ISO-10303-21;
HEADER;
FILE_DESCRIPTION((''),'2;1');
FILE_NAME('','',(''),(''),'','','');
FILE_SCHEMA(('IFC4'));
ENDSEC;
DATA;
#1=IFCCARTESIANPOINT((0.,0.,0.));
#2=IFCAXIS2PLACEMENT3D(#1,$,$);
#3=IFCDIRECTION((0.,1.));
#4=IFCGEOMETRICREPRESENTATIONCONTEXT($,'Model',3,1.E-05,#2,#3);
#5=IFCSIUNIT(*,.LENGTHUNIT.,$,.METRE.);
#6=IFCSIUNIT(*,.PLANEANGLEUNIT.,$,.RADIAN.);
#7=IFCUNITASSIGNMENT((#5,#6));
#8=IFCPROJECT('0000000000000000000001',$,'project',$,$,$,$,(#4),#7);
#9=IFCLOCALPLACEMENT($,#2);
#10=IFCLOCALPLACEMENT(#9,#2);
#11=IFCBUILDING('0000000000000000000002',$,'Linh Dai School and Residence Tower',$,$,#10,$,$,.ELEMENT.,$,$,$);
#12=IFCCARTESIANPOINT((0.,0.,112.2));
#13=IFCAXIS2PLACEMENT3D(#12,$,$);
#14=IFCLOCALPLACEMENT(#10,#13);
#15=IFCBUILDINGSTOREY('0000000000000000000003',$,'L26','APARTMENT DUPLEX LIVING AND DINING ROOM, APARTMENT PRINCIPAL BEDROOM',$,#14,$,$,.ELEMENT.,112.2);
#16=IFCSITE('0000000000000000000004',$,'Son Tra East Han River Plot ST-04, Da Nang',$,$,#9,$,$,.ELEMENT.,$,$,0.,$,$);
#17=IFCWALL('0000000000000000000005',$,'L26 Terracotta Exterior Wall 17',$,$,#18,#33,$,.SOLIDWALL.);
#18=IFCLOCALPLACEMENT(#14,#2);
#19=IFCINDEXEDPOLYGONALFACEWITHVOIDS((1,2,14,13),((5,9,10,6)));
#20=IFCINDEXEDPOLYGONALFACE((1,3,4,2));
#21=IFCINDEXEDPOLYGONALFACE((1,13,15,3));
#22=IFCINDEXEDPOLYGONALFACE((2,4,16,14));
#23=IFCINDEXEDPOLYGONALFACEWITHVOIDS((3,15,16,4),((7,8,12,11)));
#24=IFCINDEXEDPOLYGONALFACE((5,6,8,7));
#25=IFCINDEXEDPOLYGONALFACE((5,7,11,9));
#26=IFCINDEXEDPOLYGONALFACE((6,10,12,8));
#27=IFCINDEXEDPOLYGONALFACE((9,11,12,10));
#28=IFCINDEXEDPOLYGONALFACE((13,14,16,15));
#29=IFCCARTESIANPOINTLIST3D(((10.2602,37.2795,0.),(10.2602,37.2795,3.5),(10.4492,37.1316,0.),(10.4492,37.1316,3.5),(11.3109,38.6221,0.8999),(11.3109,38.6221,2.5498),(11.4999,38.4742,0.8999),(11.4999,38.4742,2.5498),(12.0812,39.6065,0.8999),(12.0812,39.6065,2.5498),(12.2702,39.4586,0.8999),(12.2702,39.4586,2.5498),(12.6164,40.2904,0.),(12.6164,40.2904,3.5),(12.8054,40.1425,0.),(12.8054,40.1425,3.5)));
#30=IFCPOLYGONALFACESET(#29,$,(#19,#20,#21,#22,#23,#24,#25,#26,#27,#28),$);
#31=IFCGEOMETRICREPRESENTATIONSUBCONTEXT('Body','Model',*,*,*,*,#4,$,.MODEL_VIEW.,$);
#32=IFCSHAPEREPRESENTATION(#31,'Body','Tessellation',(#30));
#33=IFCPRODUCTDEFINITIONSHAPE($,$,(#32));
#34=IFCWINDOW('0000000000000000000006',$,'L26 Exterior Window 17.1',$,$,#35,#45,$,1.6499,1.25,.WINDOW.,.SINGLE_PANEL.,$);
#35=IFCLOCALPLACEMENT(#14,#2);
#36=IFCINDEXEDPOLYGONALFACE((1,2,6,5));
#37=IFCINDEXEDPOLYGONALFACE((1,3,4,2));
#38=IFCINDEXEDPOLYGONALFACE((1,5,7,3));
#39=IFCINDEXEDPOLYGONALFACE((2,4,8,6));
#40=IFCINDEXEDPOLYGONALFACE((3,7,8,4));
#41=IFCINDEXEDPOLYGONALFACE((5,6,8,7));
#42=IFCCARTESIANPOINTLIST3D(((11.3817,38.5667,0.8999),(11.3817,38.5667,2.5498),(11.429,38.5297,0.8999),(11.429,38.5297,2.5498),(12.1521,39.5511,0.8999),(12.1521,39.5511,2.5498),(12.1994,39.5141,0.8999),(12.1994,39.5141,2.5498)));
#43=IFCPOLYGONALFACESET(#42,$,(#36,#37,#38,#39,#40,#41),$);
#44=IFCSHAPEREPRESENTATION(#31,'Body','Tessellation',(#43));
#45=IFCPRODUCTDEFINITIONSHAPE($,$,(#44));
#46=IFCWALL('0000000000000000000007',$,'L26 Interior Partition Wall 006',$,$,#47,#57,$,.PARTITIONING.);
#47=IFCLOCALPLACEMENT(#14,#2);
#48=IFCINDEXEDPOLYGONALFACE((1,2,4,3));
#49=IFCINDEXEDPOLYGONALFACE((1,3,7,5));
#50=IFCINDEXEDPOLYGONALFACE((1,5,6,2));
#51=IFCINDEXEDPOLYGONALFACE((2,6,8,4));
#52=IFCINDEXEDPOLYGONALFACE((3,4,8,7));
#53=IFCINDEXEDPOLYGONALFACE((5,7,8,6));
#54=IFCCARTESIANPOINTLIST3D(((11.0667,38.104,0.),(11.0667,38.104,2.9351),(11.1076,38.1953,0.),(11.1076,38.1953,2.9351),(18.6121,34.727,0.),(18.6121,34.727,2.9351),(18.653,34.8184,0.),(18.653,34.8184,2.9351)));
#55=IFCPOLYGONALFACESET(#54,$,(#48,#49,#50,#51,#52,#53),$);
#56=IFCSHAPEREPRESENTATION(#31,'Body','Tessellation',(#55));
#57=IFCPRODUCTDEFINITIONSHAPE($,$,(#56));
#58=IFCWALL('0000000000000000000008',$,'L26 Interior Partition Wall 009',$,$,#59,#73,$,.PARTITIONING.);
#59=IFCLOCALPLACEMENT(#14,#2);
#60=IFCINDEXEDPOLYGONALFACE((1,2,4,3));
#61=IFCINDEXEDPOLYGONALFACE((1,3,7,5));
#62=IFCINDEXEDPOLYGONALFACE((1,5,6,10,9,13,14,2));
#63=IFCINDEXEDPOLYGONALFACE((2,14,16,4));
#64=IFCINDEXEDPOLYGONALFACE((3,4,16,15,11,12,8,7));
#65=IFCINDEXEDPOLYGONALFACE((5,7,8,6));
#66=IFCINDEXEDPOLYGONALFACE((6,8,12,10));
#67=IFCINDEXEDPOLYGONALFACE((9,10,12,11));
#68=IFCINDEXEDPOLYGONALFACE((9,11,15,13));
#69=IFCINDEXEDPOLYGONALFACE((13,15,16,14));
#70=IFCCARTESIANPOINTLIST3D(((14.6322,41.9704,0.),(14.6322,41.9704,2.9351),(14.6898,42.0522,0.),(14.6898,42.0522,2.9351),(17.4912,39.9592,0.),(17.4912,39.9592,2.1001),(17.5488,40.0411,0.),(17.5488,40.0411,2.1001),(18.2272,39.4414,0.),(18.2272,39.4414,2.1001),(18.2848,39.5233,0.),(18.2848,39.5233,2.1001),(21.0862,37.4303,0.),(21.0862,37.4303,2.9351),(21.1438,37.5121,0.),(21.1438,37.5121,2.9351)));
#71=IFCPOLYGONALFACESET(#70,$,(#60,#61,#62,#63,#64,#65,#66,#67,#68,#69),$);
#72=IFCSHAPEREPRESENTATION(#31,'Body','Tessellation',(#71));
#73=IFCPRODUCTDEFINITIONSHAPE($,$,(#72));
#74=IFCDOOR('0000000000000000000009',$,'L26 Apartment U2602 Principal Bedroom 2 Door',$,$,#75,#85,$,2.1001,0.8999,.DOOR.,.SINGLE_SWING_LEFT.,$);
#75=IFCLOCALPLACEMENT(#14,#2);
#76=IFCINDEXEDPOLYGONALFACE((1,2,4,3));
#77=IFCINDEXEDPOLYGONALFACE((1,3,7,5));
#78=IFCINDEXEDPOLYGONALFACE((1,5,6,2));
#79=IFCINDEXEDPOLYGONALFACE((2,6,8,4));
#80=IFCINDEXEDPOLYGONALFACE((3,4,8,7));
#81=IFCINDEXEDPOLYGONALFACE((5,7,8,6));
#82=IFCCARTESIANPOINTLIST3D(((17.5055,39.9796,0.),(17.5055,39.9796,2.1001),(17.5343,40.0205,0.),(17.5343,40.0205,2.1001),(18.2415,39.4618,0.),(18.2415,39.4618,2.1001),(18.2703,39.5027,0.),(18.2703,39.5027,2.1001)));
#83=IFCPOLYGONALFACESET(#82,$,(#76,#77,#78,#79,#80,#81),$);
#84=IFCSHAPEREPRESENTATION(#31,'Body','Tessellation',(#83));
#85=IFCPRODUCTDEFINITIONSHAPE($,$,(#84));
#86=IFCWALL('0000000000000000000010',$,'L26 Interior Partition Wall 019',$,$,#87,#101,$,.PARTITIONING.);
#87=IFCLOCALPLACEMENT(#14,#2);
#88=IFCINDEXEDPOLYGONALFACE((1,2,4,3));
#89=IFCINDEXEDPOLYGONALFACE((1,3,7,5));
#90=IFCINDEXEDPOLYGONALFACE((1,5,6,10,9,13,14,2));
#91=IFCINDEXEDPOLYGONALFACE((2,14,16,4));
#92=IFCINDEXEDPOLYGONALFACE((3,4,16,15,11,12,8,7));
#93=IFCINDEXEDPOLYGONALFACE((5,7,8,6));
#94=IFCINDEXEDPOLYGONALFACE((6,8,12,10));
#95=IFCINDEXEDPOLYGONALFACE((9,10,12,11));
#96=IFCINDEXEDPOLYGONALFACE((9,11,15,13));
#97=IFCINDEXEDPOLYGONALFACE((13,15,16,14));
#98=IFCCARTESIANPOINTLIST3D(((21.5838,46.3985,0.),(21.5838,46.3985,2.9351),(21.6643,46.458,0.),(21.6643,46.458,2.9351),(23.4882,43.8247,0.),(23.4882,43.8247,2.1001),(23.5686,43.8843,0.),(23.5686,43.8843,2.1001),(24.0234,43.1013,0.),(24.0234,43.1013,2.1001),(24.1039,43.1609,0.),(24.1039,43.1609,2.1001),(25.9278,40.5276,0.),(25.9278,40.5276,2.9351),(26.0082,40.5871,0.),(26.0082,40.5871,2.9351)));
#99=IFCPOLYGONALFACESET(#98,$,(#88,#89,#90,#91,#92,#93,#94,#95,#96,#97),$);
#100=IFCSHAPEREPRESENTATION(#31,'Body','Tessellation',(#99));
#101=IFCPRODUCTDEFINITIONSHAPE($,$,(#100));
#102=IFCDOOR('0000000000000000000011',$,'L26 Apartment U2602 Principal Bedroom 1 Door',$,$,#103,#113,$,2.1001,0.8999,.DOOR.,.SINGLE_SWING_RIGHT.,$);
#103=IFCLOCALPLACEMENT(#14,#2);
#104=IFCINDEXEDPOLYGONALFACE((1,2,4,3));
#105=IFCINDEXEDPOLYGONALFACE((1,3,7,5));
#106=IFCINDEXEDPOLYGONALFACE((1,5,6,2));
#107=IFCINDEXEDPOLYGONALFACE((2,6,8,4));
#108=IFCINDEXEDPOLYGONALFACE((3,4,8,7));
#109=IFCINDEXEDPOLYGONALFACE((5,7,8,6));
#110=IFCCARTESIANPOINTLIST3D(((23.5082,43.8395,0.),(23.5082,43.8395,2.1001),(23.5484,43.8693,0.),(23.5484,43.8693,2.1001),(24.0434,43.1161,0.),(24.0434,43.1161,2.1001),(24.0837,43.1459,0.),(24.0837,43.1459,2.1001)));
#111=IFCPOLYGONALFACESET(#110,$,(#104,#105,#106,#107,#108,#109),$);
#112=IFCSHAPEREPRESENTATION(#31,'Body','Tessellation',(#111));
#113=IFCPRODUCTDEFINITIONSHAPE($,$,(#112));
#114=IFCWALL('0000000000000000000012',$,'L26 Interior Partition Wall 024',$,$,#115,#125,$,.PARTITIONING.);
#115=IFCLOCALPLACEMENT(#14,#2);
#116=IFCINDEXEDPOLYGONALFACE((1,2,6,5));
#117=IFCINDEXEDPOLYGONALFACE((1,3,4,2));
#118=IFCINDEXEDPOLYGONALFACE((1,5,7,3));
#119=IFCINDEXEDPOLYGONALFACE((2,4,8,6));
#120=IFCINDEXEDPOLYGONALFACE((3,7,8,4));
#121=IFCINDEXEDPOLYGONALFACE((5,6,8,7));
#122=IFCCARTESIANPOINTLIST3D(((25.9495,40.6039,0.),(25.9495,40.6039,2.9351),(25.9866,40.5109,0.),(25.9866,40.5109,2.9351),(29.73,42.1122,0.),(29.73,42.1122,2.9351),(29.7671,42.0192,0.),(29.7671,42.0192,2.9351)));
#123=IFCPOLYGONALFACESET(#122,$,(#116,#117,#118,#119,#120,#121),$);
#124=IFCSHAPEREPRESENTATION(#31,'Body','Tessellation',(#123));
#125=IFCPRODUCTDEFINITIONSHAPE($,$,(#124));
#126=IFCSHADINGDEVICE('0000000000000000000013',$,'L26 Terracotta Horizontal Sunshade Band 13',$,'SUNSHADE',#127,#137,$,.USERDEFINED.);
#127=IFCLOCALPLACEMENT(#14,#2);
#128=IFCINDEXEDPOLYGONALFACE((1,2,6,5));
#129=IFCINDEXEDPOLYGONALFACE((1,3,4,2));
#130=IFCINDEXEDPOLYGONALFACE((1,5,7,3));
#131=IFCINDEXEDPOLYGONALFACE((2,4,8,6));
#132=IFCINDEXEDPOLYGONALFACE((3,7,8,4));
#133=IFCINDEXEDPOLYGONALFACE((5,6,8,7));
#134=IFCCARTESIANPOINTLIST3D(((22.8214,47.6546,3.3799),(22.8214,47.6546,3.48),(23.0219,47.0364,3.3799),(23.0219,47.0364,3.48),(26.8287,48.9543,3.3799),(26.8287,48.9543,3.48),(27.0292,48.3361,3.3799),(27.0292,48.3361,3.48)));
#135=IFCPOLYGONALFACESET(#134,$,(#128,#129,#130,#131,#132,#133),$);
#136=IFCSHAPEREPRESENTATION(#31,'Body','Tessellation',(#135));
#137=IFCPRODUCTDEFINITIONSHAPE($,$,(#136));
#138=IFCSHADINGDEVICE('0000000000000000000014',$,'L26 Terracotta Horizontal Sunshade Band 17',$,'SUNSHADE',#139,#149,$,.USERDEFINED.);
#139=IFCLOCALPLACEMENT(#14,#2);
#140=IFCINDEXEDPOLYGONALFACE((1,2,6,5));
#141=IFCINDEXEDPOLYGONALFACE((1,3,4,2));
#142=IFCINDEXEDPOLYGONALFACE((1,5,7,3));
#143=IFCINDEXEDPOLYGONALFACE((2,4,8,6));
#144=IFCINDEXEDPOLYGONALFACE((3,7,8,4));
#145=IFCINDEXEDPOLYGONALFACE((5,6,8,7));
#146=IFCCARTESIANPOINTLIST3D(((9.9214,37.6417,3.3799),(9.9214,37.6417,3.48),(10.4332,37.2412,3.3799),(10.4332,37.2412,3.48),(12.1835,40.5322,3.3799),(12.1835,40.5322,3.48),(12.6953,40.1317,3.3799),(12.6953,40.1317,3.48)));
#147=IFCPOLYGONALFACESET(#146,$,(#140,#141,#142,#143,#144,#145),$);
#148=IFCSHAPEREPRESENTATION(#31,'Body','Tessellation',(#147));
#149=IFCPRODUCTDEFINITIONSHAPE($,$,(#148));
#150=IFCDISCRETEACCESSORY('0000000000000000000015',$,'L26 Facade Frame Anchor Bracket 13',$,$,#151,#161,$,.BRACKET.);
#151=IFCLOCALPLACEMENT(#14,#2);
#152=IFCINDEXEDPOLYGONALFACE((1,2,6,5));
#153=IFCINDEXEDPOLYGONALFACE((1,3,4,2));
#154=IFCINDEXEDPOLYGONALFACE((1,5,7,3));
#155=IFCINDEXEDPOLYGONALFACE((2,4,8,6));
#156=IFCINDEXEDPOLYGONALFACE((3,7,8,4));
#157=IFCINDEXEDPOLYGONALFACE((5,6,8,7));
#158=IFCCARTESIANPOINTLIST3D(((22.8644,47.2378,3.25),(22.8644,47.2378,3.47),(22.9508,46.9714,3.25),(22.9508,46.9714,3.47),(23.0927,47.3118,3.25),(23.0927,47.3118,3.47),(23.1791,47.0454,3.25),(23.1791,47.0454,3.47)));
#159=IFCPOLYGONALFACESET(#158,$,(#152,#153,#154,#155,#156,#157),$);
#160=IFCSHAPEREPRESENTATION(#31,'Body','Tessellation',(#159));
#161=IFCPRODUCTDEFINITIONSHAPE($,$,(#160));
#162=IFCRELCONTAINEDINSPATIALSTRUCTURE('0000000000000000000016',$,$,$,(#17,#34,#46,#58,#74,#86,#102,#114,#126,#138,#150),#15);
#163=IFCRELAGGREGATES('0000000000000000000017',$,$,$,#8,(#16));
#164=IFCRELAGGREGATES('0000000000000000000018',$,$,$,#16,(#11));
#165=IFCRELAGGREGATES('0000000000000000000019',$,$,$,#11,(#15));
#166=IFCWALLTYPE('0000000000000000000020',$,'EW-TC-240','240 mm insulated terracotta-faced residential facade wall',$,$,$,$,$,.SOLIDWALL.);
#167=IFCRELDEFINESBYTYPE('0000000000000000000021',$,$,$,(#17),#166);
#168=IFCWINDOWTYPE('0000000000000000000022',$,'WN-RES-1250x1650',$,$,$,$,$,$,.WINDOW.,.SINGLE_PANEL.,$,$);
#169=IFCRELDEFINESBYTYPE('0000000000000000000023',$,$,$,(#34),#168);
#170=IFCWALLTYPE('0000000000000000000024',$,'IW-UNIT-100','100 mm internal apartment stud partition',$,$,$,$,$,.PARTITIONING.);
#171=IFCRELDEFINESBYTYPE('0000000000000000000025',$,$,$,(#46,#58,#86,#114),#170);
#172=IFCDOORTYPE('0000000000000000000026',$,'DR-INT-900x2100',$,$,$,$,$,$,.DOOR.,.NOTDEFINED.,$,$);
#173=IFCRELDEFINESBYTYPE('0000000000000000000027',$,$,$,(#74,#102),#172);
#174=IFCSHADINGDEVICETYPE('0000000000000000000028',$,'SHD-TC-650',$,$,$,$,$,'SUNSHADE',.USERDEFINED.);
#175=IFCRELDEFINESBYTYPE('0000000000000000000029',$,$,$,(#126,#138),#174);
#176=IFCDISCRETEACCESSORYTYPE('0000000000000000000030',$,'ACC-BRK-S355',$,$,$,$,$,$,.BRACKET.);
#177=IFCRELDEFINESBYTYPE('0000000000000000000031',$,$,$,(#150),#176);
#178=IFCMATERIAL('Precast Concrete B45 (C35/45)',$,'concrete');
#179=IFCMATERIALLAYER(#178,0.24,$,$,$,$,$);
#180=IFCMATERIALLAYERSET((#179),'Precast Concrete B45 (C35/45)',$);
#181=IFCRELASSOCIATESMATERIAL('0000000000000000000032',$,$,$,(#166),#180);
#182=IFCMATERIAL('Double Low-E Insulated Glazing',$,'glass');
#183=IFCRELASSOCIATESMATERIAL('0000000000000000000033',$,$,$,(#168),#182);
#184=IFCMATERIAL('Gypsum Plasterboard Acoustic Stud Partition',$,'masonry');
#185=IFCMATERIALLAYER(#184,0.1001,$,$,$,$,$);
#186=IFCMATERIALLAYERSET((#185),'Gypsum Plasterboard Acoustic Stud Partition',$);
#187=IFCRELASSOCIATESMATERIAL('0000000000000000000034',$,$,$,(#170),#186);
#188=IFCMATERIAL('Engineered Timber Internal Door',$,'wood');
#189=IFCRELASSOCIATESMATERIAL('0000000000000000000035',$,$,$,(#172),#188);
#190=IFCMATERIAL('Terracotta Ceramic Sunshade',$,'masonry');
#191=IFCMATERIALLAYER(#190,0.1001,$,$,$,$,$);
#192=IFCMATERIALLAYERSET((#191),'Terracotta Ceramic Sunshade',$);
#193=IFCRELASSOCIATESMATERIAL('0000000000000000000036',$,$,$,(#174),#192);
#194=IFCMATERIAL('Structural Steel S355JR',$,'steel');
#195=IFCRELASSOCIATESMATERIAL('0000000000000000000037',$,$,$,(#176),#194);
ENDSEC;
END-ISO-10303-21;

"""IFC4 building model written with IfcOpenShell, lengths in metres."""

from ifc_helpers import new_model, si_unit, direction, frame, frame_2d, origin, origin_2d, place, context, subcontext, project, spatial, rectangle, extrude, source, transform, mapped, material, layer, layer_set, type_object, element, fill, save


model = new_model("IFC4")

# Units and contexts
model_context = context("Model", 3, precision=1e-05, world=origin(), true_north=direction((0.0, 1.0)))
body_context = subcontext(model_context, "Body", "Model", "MODEL_VIEW")
ifc_project = project(units=[si_unit("LENGTHUNIT", "METRE"), si_unit("PLANEANGLEUNIT", "RADIAN")], contexts=[model_context])

# Site, building, storey
site_placement = place(None, origin())
site = spatial("IfcSite", under=ifc_project, at=site_placement, Name="Son Tra East Han River Plot ST-04, Da Nang", CompositionType="ELEMENT", RefElevation=0.0)
building_placement = place(site_placement, origin())
building = spatial("IfcBuilding", under=site, at=building_placement, Name="Linh Dai School and Residence Tower", CompositionType="ELEMENT")
storey_placement = place(building_placement, frame((0.0, 0.0, 112.2)))
storey = spatial("IfcBuildingStorey", under=building, at=storey_placement, Name="L26", Description="APARTMENT DUPLEX LIVING AND DINING ROOM, APARTMENT PRINCIPAL BEDROOM", CompositionType="ELEMENT", Elevation=112.2)

# Shared definitions
ifc_material_1 = material(Name="Structural Steel S355JR", Category="steel")

# Shared definitions
ifc_material_2 = material(Name="Precast Concrete B45 (C35/45)", Category="concrete")

# Wall, opening, window
ifc_layer_1 = layer(ifc_material_2, 0.24)
ifc_layer_set_1 = layer_set([ifc_layer_1], Name="Precast Concrete B45 (C35/45)")
wall_type_1 = type_object("IfcWallType", Name="EW-TC-240", Description="240 mm insulated terracotta-faced residential facade wall", PredefinedType="SOLIDWALL", material=ifc_layer_set_1)
ifc_material_3 = material(Name="Double Low-E Insulated Glazing", Category="glass")
window_type_1 = type_object("IfcWindowType", Name="WN-RES-1250x1650", PartitioningType="SINGLE_PANEL", PredefinedType="WINDOW", material=ifc_material_3)
shared_shape_1 = source(origin(), body_context, "Body", "SweptSolid", [
    extrude(rectangle(XDim=1.25, YDim=1.6499, at=origin_2d()), frame((0.625, 0.03, 0.825), z_axis=(0.0, -1.0, 0.0), x_axis=(1.0, 0.0, 0.0)), (0.0, 0.0, 1.0), 0.0601),
])
wall_1_placement = place(storey_placement, frame((10.3547, 37.2056, 0.0), z_axis=(0.0, 0.0, 1.0), x_axis=(0.616272, 0.787533, 0.0)))
wall_1 = element("IfcWall", 1, at=wall_1_placement, inside=storey, type_object=wall_type_1, Name="L26 Terracotta Exterior Wall 17", PredefinedType="SOLIDWALL", context=body_context, shape_type="SweptSolid", body=[
    extrude(rectangle(XDim=3.8232, YDim=0.24, at=frame_2d((1.9116, 0.0))), origin(), (0.0, 0.0, 1.0), 3.5),
])
opening_1_placement = place(wall_1_placement, frame((1.7048, 0.0, 0.8999)))
opening_1 = element("IfcOpeningElement", 2, at=opening_1_placement, cuts=wall_1, PredefinedType="OPENING", context=body_context, shape_type="SweptSolid", body=[
    extrude(rectangle(XDim=1.25, YDim=1.6499, at=origin_2d()), frame((0.625, 0.1299, 0.825), z_axis=(0.0, -1.0, 0.0), x_axis=(1.0, 0.0, 0.0)), (0.0, 0.0, 1.0), 0.26),
])
window_1_placement = place(opening_1_placement, origin())
window_1 = element("IfcWindow", 3, at=window_1_placement, inside=storey, type_object=window_type_1, Name="L26 Exterior Window 17.1", OverallHeight=1.6499, OverallWidth=1.25, PartitioningType="SINGLE_PANEL", PredefinedType="WINDOW", context=body_context, shape_type="MappedRepresentation", body=[
    mapped(shared_shape_1, transform((0.0, 0.0, 0.0), x_axis=(1.0, 0.0, 0.0), y_axis=(0.0, 1.0, 0.0), z_axis=(0.0, 0.0, 1.0), scale=1.0)),
])
fill(opening_1, window_1)

# Wall
ifc_material_4 = material(Name="Gypsum Plasterboard Acoustic Stud Partition", Category="masonry")
ifc_layer_2 = layer(ifc_material_4, 0.1001)
ifc_layer_set_2 = layer_set([ifc_layer_2], Name="Gypsum Plasterboard Acoustic Stud Partition")
wall_type_2 = type_object("IfcWallType", Name="IW-UNIT-100", Description="100 mm internal apartment stud partition", PredefinedType="PARTITIONING", material=ifc_layer_set_2)
wall_2_placement = place(storey_placement, frame((11.0872, 38.1497, 0.0), z_axis=(0.0, 0.0, 1.0), x_axis=(0.912756, -0.408505, 0.0)))
element("IfcWall", 4, at=wall_2_placement, inside=storey, type_object=wall_type_2, Name="L26 Interior Partition Wall 006", PredefinedType="PARTITIONING", context=body_context, shape_type="SweptSolid", body=[
    extrude(rectangle(XDim=8.2666, YDim=0.1001, at=frame_2d((4.1333, 0.0))), origin(), (0.0, 0.0, 1.0), 2.9351),
])

# Walls, openings, doors
wall_3_placement = place(storey_placement, frame((14.6611, 42.0112, 0.0), z_axis=(0.0, 0.0, 1.0), x_axis=(0.8179, -0.575361, 0.0)))
wall_3 = element("IfcWall", 5, at=wall_3_placement, inside=storey, type_object=wall_type_2, Name="L26 Interior Partition Wall 009", PredefinedType="PARTITIONING", context=body_context, shape_type="SweptSolid", body=[
    extrude(rectangle(XDim=7.8909, YDim=0.1001, at=frame_2d((3.9453, 0.0))), origin(), (0.0, 0.0, 1.0), 2.9351),
])
opening_2_placement = place(wall_3_placement, frame((3.4954, 0.0, 0.0)))
opening_2 = element("IfcOpeningElement", 6, at=opening_2_placement, cuts=wall_3, PredefinedType="OPENING", context=body_context, shape_type="SweptSolid", body=[
    extrude(rectangle(XDim=0.8999, YDim=2.1001, at=origin_2d()), frame((0.45, 0.0601, 1.05), z_axis=(0.0, -1.0, 0.0), x_axis=(1.0, 0.0, 0.0)), (0.0, 0.0, 1.0), 0.1201),
])
ifc_material_5 = material(Name="Engineered Timber Internal Door", Category="wood")
door_type = type_object("IfcDoorType", Name="DR-INT-900x2100", OperationType="NOTDEFINED", PredefinedType="DOOR", material=ifc_material_5)
shared_shape_2 = source(origin(), body_context, "Body", "SweptSolid", [
    extrude(rectangle(XDim=0.8999, YDim=2.1001, at=origin_2d()), frame((0.45, 0.0249, 1.05), z_axis=(0.0, -1.0, 0.0), x_axis=(1.0, 0.0, 0.0)), (0.0, 0.0, 1.0), 0.05),
])
door_1_placement = place(opening_2_placement, origin())
door_1 = element("IfcDoor", 7, at=door_1_placement, inside=storey, type_object=door_type, Name="L26 Apartment U2602 Principal Bedroom 2 Door", OperationType="SINGLE_SWING_LEFT", OverallHeight=2.1001, OverallWidth=0.8999, PredefinedType="DOOR", context=body_context, shape_type="MappedRepresentation", body=[
    mapped(shared_shape_2, transform((0.0, 0.0, 0.0), x_axis=(1.0, 0.0, 0.0), y_axis=(0.0, 1.0, 0.0), z_axis=(0.0, 0.0, 1.0), scale=1.0)),
])
fill(opening_2, door_1)
wall_4_placement = place(storey_placement, frame((21.624, 46.4282, 0.0), z_axis=(0.0, 0.0, 1.0), x_axis=(0.594805, -0.80387, 0.0)))
wall_4 = element("IfcWall", 8, at=wall_4_placement, inside=storey, type_object=wall_type_2, Name="L26 Interior Partition Wall 019", PredefinedType="PARTITIONING", context=body_context, shape_type="SweptSolid", body=[
    extrude(rectangle(XDim=7.3032, YDim=0.1001, at=frame_2d((3.6516, 0.0))), origin(), (0.0, 0.0, 1.0), 2.9351),
])
opening_3_placement = place(wall_4_placement, frame((3.2017, 0.0, 0.0)))
opening_3 = element("IfcOpeningElement", 9, at=opening_3_placement, cuts=wall_4, PredefinedType="OPENING", context=body_context, shape_type="SweptSolid", body=[
    extrude(rectangle(XDim=0.8999, YDim=2.1001, at=origin_2d()), frame((0.45, 0.0601, 1.05), z_axis=(0.0, -1.0, 0.0), x_axis=(1.0, 0.0, 0.0)), (0.0, 0.0, 1.0), 0.1201),
])
door_2_placement = place(opening_3_placement, origin())
door_2 = element("IfcDoor", 10, at=door_2_placement, inside=storey, type_object=door_type, Name="L26 Apartment U2602 Principal Bedroom 1 Door", OperationType="SINGLE_SWING_RIGHT", OverallHeight=2.1001, OverallWidth=0.8999, PredefinedType="DOOR", context=body_context, shape_type="MappedRepresentation", body=[
    mapped(shared_shape_2, transform((0.0, 0.0, 0.0), x_axis=(1.0, 0.0, 0.0), y_axis=(0.0, 1.0, 0.0), z_axis=(0.0, 0.0, 1.0), scale=1.0)),
])
fill(opening_3, door_2)

# Wall
wall_5_placement = place(storey_placement, frame((25.968, 40.5574, 0.0), z_axis=(0.0, 0.0, 1.0), x_axis=(0.928807, 0.370563, 0.0)))
element("IfcWall", 11, at=wall_5_placement, inside=storey, type_object=wall_type_2, Name="L26 Interior Partition Wall 024", PredefinedType="PARTITIONING", context=body_context, shape_type="SweptSolid", body=[
    extrude(rectangle(XDim=4.0703, YDim=0.1001, at=frame_2d((2.0352, 0.0))), origin(), (0.0, 0.0, 1.0), 2.9351),
])

# Shading devices
ifc_material_6 = material(Name="Terracotta Ceramic Sunshade", Category="masonry")
ifc_layer_3 = layer(ifc_material_6, 0.1001)
ifc_layer_set_3 = layer_set([ifc_layer_3], Name="Terracotta Ceramic Sunshade")
shading_device_type = type_object("IfcShadingDeviceType", Name="SHD-TC-650", ElementType="SUNSHADE", PredefinedType="USERDEFINED", material=ifc_layer_set_3)
shared_shape_3 = source(origin(), body_context, "Body", "SweptSolid", [
    extrude(rectangle(XDim=4.2129, YDim=0.6499, at=origin_2d()), origin(), (0.0, 0.0, 1.0), 0.1001),
])
shading_device_1_placement = place(storey_placement, frame((24.9253, 47.9954, 3.3799), z_axis=(0.0, 0.0, 1.0), x_axis=(0.951217, 0.308522, 0.0)))
element("IfcShadingDevice", 12, at=shading_device_1_placement, inside=storey, type_object=shading_device_type, Name="L26 Terracotta Horizontal Sunshade Band 13", ObjectType="SUNSHADE", PredefinedType="USERDEFINED", context=body_context, shape_type="MappedRepresentation", body=[
    mapped(shared_shape_3, transform((0.0, 0.0, 0.0), x_axis=(1.0, 0.0, 0.0), y_axis=(0.0, 1.0, 0.0), z_axis=(0.0, 0.0, 1.0), scale=1.0)),
])
shared_shape_4 = source(origin(), body_context, "Body", "SweptSolid", [
    extrude(rectangle(XDim=3.6704, YDim=0.6499, at=origin_2d()), origin(), (0.0, 0.0, 1.0), 0.1001),
])
shading_device_2_placement = place(storey_placement, frame((11.3083, 38.8867, 3.3799), z_axis=(0.0, 0.0, 1.0), x_axis=(0.616305, 0.787508, 0.0)))
element("IfcShadingDevice", 13, at=shading_device_2_placement, inside=storey, type_object=shading_device_type, Name="L26 Terracotta Horizontal Sunshade Band 17", ObjectType="SUNSHADE", PredefinedType="USERDEFINED", context=body_context, shape_type="MappedRepresentation", body=[
    mapped(shared_shape_4, transform((0.0, 0.0, 0.0), x_axis=(1.0, 0.0, 0.0), y_axis=(0.0, 1.0, 0.0), z_axis=(0.0, 0.0, 1.0), scale=1.0)),
])

# Discrete accessory
discrete_accessory_type = type_object("IfcDiscreteAccessoryType", Name="ACC-BRK-S355", PredefinedType="BRACKET", material=ifc_material_1)
shared_shape_5 = source(origin(), body_context, "Body", "SweptSolid", [
    extrude(rectangle(XDim=0.28, YDim=0.24, at=origin_2d()), origin(), (0.0, 0.0, 1.0), 0.22),
])
for number, where, z_axis, x_axis, name in (
    (14, (23.0217, 47.1416, 3.25), (0.0, 0.0, 1.0), (-0.308522, 0.951217, 0.0), "L26 Facade Frame Anchor Bracket 13"),
):
    element("IfcDiscreteAccessory", number, at=place(storey_placement, frame(where, z_axis=z_axis, x_axis=x_axis)), inside=storey, type_object=discrete_accessory_type, Name=name, PredefinedType="BRACKET", context=body_context, shape_type="MappedRepresentation", body=[
        mapped(shared_shape_5, transform((0.0, 0.0, 0.0), x_axis=(1.0, 0.0, 0.0), y_axis=(0.0, 1.0, 0.0), z_axis=(0.0, 0.0, 1.0), scale=1.0)),
    ])

save(model, "model.ifc")
